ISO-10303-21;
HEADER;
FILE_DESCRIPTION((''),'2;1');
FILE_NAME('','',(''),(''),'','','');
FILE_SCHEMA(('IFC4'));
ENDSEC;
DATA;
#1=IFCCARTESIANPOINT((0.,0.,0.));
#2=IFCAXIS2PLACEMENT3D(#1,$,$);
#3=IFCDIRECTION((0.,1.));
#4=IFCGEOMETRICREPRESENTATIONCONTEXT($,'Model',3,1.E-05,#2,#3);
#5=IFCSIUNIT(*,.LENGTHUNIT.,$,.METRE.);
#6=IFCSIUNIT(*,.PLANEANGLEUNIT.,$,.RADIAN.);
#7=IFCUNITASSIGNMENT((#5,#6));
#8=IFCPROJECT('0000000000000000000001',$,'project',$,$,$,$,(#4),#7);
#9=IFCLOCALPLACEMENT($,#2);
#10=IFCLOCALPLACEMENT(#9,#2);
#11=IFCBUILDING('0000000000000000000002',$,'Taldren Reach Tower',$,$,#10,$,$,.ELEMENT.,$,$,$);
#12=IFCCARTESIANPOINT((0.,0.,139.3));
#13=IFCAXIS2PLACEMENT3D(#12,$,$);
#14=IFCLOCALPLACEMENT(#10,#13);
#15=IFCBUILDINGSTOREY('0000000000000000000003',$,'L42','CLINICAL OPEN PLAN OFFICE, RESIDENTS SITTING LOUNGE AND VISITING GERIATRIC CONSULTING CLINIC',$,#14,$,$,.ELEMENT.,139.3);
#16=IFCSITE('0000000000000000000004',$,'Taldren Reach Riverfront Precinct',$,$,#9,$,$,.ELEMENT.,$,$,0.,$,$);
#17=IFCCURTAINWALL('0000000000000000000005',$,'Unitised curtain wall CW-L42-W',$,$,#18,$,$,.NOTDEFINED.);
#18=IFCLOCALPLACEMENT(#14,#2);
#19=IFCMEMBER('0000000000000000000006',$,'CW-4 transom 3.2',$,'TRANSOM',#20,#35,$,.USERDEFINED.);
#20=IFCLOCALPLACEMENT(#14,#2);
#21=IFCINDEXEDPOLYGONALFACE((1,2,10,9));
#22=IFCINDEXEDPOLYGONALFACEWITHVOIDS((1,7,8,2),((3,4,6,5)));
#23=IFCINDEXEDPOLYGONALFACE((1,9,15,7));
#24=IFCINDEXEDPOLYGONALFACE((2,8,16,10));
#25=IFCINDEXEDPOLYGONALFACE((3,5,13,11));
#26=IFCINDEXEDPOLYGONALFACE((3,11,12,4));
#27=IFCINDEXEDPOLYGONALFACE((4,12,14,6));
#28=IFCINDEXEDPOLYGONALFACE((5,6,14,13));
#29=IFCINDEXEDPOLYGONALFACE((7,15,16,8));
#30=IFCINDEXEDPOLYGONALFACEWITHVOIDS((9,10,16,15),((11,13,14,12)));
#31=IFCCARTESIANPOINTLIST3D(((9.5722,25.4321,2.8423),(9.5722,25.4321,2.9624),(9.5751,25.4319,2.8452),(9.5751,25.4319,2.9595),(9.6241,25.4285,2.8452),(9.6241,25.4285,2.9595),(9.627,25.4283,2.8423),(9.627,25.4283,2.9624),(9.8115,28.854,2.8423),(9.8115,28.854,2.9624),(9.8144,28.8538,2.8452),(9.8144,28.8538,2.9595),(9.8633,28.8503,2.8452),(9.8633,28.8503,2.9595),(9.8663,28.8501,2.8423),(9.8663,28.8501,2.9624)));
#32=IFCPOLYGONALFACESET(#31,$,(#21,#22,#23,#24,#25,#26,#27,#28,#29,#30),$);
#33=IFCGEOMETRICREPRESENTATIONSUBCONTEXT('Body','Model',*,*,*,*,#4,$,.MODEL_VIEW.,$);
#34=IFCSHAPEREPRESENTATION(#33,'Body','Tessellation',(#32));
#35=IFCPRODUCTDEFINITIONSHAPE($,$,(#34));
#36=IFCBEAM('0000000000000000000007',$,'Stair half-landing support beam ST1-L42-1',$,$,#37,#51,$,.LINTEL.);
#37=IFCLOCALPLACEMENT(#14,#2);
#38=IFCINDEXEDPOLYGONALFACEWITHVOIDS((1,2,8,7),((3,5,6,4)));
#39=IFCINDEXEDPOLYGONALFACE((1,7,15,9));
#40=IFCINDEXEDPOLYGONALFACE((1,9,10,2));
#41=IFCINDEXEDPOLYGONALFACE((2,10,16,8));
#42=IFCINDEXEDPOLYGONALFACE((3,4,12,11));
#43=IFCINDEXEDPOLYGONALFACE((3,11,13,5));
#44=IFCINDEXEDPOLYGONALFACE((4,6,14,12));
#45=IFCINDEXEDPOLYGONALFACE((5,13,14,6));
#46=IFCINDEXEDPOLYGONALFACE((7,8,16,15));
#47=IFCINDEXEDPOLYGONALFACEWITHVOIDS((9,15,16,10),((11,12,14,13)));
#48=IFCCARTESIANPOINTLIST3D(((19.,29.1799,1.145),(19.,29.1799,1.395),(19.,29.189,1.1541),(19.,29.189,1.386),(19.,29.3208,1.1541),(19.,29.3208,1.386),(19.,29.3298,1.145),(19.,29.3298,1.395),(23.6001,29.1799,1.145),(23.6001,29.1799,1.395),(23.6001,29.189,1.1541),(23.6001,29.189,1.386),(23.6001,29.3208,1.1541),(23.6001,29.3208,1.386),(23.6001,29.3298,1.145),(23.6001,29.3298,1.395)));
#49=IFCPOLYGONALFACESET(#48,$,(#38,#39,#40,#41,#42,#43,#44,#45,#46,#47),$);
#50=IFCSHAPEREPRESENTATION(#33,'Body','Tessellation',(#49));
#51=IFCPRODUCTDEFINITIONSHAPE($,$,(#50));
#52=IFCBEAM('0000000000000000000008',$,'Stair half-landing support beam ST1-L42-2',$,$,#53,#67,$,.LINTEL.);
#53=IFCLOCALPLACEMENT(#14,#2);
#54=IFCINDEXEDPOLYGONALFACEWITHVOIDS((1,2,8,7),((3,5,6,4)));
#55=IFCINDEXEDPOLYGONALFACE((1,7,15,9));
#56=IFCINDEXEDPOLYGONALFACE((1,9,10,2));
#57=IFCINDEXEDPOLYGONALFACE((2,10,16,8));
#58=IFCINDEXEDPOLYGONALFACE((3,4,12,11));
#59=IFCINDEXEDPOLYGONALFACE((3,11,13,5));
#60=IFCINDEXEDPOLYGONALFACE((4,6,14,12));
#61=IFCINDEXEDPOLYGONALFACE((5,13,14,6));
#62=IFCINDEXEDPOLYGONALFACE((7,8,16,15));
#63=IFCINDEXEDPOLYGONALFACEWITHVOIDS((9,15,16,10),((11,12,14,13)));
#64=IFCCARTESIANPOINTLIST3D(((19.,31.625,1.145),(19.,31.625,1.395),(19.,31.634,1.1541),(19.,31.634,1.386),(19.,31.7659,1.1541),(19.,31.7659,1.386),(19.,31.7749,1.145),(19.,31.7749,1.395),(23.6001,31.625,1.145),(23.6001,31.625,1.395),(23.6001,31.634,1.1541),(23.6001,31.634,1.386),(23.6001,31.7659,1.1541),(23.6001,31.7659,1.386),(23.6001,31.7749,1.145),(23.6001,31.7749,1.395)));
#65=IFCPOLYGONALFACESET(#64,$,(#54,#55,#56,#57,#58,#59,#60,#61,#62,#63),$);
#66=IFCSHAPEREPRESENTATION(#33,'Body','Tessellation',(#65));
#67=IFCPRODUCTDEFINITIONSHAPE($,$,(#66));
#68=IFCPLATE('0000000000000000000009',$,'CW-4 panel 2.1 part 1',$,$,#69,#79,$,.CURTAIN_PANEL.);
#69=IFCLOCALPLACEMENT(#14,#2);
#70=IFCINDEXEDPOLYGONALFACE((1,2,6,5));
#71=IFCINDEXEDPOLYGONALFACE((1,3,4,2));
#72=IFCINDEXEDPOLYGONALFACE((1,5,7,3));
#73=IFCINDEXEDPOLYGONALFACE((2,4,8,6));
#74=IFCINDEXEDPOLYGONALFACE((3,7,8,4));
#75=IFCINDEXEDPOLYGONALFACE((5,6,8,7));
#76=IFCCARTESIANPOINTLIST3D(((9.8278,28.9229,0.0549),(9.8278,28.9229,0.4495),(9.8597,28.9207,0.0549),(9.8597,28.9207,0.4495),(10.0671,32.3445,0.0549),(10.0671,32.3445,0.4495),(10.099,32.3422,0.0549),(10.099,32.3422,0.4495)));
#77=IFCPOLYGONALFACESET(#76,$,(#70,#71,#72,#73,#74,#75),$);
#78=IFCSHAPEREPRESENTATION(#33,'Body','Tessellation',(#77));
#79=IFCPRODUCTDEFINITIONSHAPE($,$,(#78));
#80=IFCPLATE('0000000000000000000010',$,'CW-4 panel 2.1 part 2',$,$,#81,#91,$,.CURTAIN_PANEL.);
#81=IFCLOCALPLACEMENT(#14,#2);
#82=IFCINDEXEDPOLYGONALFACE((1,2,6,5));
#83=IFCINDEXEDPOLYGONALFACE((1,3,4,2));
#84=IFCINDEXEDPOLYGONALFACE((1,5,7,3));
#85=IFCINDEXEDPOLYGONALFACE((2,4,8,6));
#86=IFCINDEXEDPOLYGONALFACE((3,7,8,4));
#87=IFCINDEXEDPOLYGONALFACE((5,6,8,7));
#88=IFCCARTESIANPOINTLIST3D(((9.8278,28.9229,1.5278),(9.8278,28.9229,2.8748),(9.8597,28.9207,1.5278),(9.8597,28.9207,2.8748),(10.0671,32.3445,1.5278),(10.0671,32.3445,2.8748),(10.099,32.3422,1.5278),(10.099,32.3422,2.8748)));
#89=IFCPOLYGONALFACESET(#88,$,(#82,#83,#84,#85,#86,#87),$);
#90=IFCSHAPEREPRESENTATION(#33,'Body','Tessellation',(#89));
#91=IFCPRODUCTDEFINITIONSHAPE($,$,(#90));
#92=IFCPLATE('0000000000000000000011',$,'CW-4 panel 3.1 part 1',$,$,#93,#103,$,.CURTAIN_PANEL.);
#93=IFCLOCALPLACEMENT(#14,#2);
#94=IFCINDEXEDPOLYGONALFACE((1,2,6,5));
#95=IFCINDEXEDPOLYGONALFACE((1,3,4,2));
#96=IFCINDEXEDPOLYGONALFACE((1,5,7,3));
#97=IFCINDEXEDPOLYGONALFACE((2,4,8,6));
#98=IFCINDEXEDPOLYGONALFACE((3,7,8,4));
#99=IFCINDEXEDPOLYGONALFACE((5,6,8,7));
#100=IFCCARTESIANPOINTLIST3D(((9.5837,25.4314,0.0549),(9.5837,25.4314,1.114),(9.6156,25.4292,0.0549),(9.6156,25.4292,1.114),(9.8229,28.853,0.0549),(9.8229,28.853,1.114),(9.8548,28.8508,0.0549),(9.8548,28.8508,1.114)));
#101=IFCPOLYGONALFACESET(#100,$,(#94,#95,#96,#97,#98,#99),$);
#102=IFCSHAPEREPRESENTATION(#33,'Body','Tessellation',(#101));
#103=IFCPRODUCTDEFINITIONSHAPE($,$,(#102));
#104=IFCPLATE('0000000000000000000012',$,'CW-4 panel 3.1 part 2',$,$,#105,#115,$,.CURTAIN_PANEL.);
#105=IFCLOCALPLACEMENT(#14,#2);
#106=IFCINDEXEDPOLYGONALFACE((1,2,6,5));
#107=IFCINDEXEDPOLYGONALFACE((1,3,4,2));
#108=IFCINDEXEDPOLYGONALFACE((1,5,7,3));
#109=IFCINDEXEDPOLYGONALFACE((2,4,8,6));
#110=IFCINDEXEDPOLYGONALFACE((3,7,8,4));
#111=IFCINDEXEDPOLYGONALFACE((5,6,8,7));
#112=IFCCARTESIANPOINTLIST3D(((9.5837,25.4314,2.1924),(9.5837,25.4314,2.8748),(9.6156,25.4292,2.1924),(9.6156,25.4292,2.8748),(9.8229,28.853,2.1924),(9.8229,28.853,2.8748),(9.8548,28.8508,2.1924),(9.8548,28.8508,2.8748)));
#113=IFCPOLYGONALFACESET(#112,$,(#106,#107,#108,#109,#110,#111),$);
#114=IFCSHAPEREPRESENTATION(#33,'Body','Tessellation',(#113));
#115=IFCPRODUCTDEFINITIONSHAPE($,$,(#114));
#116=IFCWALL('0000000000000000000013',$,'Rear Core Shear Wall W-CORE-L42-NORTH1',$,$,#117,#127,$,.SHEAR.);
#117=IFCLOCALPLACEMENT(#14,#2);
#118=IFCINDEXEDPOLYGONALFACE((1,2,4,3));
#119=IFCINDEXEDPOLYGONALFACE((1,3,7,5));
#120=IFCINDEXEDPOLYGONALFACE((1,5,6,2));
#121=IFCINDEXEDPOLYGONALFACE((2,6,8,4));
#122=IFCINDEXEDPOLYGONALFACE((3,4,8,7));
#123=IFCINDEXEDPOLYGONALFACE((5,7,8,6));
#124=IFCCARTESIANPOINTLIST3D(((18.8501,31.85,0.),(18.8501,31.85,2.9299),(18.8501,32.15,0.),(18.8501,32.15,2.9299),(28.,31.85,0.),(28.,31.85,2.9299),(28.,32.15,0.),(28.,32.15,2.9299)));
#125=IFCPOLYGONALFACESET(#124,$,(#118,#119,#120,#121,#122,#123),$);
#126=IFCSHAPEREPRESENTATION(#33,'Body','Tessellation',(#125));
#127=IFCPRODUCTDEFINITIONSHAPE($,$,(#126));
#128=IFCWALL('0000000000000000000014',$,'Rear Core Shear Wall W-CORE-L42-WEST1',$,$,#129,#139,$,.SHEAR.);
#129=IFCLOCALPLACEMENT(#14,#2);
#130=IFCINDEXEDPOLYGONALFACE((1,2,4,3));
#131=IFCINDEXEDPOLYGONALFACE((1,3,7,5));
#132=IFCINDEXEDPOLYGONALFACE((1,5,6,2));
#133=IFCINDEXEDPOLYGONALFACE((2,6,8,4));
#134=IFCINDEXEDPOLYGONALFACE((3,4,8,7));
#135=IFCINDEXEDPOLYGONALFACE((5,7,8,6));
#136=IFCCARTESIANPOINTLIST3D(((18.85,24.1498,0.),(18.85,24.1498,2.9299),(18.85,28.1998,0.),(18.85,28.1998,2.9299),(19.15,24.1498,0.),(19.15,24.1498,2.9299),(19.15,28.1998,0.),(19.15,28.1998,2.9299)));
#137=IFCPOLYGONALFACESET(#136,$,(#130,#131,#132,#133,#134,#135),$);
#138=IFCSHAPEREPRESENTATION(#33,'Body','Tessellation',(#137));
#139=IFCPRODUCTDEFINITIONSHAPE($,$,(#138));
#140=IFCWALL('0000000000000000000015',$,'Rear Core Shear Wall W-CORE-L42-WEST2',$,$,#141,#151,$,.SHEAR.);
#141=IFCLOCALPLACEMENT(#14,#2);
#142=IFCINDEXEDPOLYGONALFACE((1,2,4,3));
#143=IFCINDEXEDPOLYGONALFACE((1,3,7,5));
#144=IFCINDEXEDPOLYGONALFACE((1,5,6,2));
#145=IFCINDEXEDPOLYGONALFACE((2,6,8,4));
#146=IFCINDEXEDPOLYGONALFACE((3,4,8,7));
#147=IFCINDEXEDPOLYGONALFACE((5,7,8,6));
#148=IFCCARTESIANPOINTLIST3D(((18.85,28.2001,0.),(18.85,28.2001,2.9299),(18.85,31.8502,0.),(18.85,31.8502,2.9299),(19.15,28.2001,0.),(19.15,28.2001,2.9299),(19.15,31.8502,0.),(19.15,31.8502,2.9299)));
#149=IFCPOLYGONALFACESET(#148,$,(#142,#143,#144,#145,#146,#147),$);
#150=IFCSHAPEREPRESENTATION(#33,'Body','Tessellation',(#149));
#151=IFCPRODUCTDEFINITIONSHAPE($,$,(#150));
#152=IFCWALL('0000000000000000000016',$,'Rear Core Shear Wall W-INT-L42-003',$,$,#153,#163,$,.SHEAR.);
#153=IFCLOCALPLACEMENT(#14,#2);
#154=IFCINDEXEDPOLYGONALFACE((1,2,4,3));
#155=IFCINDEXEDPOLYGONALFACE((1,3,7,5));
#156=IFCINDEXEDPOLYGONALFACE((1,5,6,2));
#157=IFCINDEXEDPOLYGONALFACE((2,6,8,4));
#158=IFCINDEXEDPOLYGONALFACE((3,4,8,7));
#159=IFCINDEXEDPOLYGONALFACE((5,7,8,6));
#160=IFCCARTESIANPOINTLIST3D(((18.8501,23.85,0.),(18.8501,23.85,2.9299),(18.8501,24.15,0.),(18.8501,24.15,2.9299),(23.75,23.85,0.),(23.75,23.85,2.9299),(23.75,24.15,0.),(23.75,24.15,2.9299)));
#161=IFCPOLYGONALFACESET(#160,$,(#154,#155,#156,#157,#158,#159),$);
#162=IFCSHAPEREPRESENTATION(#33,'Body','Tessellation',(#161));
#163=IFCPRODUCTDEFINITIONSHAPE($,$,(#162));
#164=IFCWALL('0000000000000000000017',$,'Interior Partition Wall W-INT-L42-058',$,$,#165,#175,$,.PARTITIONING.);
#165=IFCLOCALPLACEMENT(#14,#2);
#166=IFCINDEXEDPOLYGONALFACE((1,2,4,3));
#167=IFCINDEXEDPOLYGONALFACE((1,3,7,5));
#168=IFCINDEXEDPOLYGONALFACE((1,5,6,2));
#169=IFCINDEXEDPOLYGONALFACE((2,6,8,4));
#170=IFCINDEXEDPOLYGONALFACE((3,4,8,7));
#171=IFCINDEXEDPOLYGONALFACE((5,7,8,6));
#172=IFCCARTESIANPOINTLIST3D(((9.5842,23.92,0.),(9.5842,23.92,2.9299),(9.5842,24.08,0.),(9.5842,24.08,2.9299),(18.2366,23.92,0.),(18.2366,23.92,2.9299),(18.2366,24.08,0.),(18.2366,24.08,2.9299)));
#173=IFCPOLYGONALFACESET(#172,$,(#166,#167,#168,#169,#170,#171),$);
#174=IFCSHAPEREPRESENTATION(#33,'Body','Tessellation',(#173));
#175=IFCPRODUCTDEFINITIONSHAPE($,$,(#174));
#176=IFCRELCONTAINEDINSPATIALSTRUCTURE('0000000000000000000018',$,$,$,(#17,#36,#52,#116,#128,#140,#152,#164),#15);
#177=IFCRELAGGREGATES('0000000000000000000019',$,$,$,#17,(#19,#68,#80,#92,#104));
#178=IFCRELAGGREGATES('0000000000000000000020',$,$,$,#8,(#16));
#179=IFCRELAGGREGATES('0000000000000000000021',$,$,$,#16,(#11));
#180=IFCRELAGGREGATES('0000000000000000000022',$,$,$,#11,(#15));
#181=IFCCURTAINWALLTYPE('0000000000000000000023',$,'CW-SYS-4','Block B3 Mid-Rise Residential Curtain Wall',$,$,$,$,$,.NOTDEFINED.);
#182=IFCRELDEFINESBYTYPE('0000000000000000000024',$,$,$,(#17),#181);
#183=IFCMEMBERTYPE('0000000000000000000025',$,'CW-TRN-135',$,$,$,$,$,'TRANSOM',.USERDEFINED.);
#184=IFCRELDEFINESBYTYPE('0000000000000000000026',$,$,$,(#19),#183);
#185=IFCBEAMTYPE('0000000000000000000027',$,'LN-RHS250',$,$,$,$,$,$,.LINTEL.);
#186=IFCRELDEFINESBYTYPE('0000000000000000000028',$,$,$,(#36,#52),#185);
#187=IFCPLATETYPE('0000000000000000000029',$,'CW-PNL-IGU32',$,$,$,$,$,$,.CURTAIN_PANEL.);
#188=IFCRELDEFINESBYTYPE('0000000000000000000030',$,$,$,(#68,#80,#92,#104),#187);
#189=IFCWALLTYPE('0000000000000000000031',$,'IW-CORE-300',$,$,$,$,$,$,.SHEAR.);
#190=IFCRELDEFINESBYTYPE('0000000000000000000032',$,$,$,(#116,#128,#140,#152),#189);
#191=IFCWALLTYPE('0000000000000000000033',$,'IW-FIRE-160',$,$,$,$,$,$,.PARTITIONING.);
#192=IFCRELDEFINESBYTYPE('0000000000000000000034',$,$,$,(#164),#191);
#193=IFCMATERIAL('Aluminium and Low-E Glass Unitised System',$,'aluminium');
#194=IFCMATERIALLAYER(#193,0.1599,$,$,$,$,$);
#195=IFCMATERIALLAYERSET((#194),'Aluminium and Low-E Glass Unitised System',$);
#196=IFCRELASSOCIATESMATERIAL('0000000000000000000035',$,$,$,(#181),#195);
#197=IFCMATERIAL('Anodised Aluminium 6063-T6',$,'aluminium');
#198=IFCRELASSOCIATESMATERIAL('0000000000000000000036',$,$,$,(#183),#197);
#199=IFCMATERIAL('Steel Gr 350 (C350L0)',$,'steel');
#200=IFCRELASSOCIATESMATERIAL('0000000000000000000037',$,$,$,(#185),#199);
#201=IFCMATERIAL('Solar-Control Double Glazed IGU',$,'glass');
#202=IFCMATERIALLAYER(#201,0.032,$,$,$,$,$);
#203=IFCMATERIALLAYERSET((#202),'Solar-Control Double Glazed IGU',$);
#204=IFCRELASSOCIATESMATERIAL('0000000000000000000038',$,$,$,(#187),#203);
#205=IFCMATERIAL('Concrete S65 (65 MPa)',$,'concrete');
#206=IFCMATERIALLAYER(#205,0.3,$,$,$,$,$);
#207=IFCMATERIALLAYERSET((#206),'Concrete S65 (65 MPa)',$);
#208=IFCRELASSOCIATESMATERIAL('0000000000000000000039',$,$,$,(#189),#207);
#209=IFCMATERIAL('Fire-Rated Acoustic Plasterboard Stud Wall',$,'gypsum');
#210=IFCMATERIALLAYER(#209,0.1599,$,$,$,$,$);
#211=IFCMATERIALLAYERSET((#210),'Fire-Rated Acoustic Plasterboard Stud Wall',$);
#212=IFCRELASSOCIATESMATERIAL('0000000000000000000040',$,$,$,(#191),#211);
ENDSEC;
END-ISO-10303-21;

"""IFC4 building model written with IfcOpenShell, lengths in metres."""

from ifc_helpers import new_model, si_unit, direction, frame, frame_2d, origin, origin_2d, place, context, subcontext, project, spatial, rectangle, hollow_rectangle, extrude, source, transform, mapped, material, layer, layer_set, material_profile, profile_set, type_object, element, aggregate, save


model = new_model("IFC4")

# Units and contexts
model_context = context("Model", 3, precision=1e-05, world=origin(), true_north=direction((0.0, 1.0)))
body_context = subcontext(model_context, "Body", "Model", "MODEL_VIEW")
ifc_project = project(units=[si_unit("LENGTHUNIT", "METRE"), si_unit("PLANEANGLEUNIT", "RADIAN")], contexts=[model_context])

# Site, building, storey
site_placement = place(None, origin())
site = spatial("IfcSite", under=ifc_project, at=site_placement, Name="Taldren Reach Riverfront Precinct", CompositionType="ELEMENT", RefElevation=0.0)
building_placement = place(site_placement, origin())
building = spatial("IfcBuilding", under=site, at=building_placement, Name="Taldren Reach Tower", CompositionType="ELEMENT")
storey_placement = place(building_placement, frame((0.0, 0.0, 139.3)))
storey = spatial("IfcBuildingStorey", under=building, at=storey_placement, Name="L42", Description="CLINICAL OPEN PLAN OFFICE, RESIDENTS SITTING LOUNGE AND VISITING GERIATRIC CONSULTING CLINIC", CompositionType="ELEMENT", Elevation=139.3)

# Curtain wall, member
ifc_material_1 = material(Name="Aluminium and Low-E Glass Unitised System", Category="aluminium")
ifc_layer_1 = layer(ifc_material_1, 0.1599)
ifc_layer_set_1 = layer_set([ifc_layer_1], Name="Aluminium and Low-E Glass Unitised System")
curtain_wall_type = type_object("IfcCurtainWallType", Name="CW-SYS-4", Description="Block B3 Mid-Rise Residential Curtain Wall", PredefinedType="NOTDEFINED", material=ifc_layer_set_1)
curtain_wall_placement = place(storey_placement, origin())
curtain_wall = element("IfcCurtainWall", 1, at=curtain_wall_placement, inside=storey, type_object=curtain_wall_type, Name="Unitised curtain wall CW-L42-W", PredefinedType="NOTDEFINED")
ifc_material_2 = material(Name="Anodised Aluminium 6063-T6", Category="aluminium")
ifc_material_profile_1 = material_profile(ifc_material_2, hollow_rectangle(XDim=0.0549, YDim=0.1201, WallThickness=0.0029, at=origin_2d()), Name="ALU-120x55x3RHS")
ifc_profile_set_1 = profile_set([ifc_material_profile_1], Name="Anodised Aluminium 6063-T6")
member_type_1 = type_object("IfcMemberType", Name="CW-TRN-135", ElementType="TRANSOM", PredefinedType="USERDEFINED", material=ifc_profile_set_1)
shared_shape_1 = source(origin(), body_context, "Body", "SweptSolid", [
    extrude(hollow_rectangle(XDim=0.0549, YDim=0.1201, WallThickness=0.0029, at=origin_2d()), origin(), (0.0, 0.0, 1.0), 3.4302),
])
member_1_placement = place(storey_placement, frame((9.8389, 28.8521, 2.9023), z_axis=(-0.06975, -0.997565, 0.0), x_axis=(0.997565, -0.06975, 0.0)))
member_1 = element("IfcMember", 2, at=member_1_placement, type_object=member_type_1, Name="CW-4 transom 3.2", ObjectType="TRANSOM", PredefinedType="USERDEFINED", context=body_context, shape_type="MappedRepresentation", body=[
    mapped(shared_shape_1, transform((0.0, 0.0, 0.0), scale=1.0)),
])

# Beams
ifc_material_3 = material(Name="Steel Gr 350 (C350L0)", Category="steel")
ifc_material_profile_2 = material_profile(ifc_material_3, hollow_rectangle(XDim=0.1499, YDim=0.25, WallThickness=0.009, at=origin_2d()), Name="250x150x9.0RHS")
ifc_profile_set_2 = profile_set([ifc_material_profile_2], Name="Steel Gr 350 (C350L0)")
beam_type_1 = type_object("IfcBeamType", Name="LN-RHS250", PredefinedType="LINTEL", material=ifc_profile_set_2)
shared_shape_2 = source(origin(), body_context, "Body", "SweptSolid", [
    extrude(hollow_rectangle(XDim=0.1499, YDim=0.25, WallThickness=0.009, at=origin_2d()), origin(), (0.0, 0.0, 1.0), 4.6001),
])
for number, where, z_axis, x_axis, name in (
    (3, (19.0, 29.2549, 1.27), (1.0, 0.0, 0.0), (0.0, 1.0, 0.0), "Stair half-landing support beam ST1-L42-1"),
    (4, (19.0, 31.7, 1.27), (1.0, 0.0, 0.0), (0.0, 1.0, 0.0), "Stair half-landing support beam ST1-L42-2"),
):
    element("IfcBeam", number, at=place(storey_placement, frame(where, z_axis=z_axis, x_axis=x_axis)), inside=storey, type_object=beam_type_1, Name=name, PredefinedType="LINTEL", context=body_context, shape_type="MappedRepresentation", body=[
        mapped(shared_shape_2, transform((0.0, 0.0, 0.0), scale=1.0)),
    ])

# Plates
ifc_material_4 = material(Name="Solar-Control Double Glazed IGU", Category="glass")
ifc_layer_2 = layer(ifc_material_4, 0.032)
ifc_layer_set_2 = layer_set([ifc_layer_2], Name="Solar-Control Double Glazed IGU")
plate_type = type_object("IfcPlateType", Name="CW-PNL-IGU32", PredefinedType="CURTAIN_PANEL", material=ifc_layer_set_2)
shared_shape_3 = source(origin(), body_context, "Body", "SweptSolid", [
    extrude(rectangle(XDim=3.4299, YDim=0.032, at=origin_2d()), origin(), (0.0, 0.0, 1.0), 0.3945),
])
plate_1_placement = place(storey_placement, frame((9.9634, 30.6326, 0.0549), z_axis=(0.0, 0.0, 1.0), x_axis=(-0.069756, -0.997564, 0.0)))
plate_1 = element("IfcPlate", 5, at=plate_1_placement, type_object=plate_type, Name="CW-4 panel 2.1 part 1", PredefinedType="CURTAIN_PANEL", context=body_context, shape_type="MappedRepresentation", body=[
    mapped(shared_shape_3, transform((0.0, 0.0, 0.0), scale=1.0)),
])
shared_shape_4 = source(origin(), body_context, "Body", "SweptSolid", [
    extrude(rectangle(XDim=3.4299, YDim=0.032, at=origin_2d()), origin(), (0.0, 0.0, 1.0), 1.3469),
])
plate_2_placement = place(storey_placement, frame((9.9634, 30.6326, 1.5278), z_axis=(0.0, 0.0, 1.0), x_axis=(-0.069756, -0.997564, 0.0)))
plate_2 = element("IfcPlate", 6, at=plate_2_placement, type_object=plate_type, Name="CW-4 panel 2.1 part 2", PredefinedType="CURTAIN_PANEL", context=body_context, shape_type="MappedRepresentation", body=[
    mapped(shared_shape_4, transform((0.0, 0.0, 0.0), scale=1.0)),
])
shared_shape_5 = source(origin(), body_context, "Body", "SweptSolid", [
    extrude(rectangle(XDim=3.4299, YDim=0.032, at=origin_2d()), origin(), (0.0, 0.0, 1.0), 1.0591),
])
plate_3_placement = place(storey_placement, frame((9.7192, 27.1411, 0.0549), z_axis=(0.0, 0.0, 1.0), x_axis=(-0.069756, -0.997564, 0.0)))
plate_3 = element("IfcPlate", 7, at=plate_3_placement, type_object=plate_type, Name="CW-4 panel 3.1 part 1", PredefinedType="CURTAIN_PANEL", context=body_context, shape_type="MappedRepresentation", body=[
    mapped(shared_shape_5, transform((0.0, 0.0, 0.0), scale=1.0)),
])
shared_shape_6 = source(origin(), body_context, "Body", "SweptSolid", [
    extrude(rectangle(XDim=3.4299, YDim=0.032, at=origin_2d()), origin(), (0.0, 0.0, 1.0), 0.6824),
])
plate_4_placement = place(storey_placement, frame((9.7192, 27.1411, 2.1924), z_axis=(0.0, 0.0, 1.0), x_axis=(-0.069756, -0.997564, 0.0)))
plate_4 = element("IfcPlate", 8, at=plate_4_placement, type_object=plate_type, Name="CW-4 panel 3.1 part 2", PredefinedType="CURTAIN_PANEL", context=body_context, shape_type="MappedRepresentation", body=[
    mapped(shared_shape_6, transform((0.0, 0.0, 0.0), scale=1.0)),
])
aggregate(curtain_wall, [member_1, plate_1, plate_2, plate_3, plate_4])

# Walls
ifc_material_5 = material(Name="Concrete S65 (65 MPa)", Category="concrete")
ifc_layer_3 = layer(ifc_material_5, 0.3)
ifc_layer_set_3 = layer_set([ifc_layer_3], Name="Concrete S65 (65 MPa)")
wall_type_1 = type_object("IfcWallType", Name="IW-CORE-300", PredefinedType="SHEAR", material=ifc_layer_set_3)
shared_shape_7 = source(origin(), body_context, "Body", "SweptSolid", [
    extrude(rectangle(XDim=9.1499, YDim=0.3, at=frame_2d((4.575, 0.0))), origin(), (0.0, 0.0, 1.0), 2.9299),
])
wall_1_placement = place(storey_placement, frame((18.8501, 32.0, 0.0), z_axis=(0.0, 0.0, 1.0), x_axis=(1.0, 0.0, 0.0)))
element("IfcWall", 9, at=wall_1_placement, inside=storey, type_object=wall_type_1, Name="Rear Core Shear Wall W-CORE-L42-NORTH1", PredefinedType="SHEAR", context=body_context, shape_type="MappedRepresentation", body=[
    mapped(shared_shape_7, transform((0.0, 0.0, 0.0), scale=1.0)),
])
shared_shape_8 = source(origin(), body_context, "Body", "SweptSolid", [
    extrude(rectangle(XDim=4.05, YDim=0.3, at=frame_2d((2.0249, 0.0))), origin(), (0.0, 0.0, 1.0), 2.9299),
])
wall_2_placement = place(storey_placement, frame((19.0, 24.1499, 0.0), z_axis=(0.0, 0.0, 1.0), x_axis=(0.0, 1.0, 0.0)))
element("IfcWall", 10, at=wall_2_placement, inside=storey, type_object=wall_type_1, Name="Rear Core Shear Wall W-CORE-L42-WEST1", PredefinedType="SHEAR", context=body_context, shape_type="MappedRepresentation", body=[
    mapped(shared_shape_8, transform((0.0, 0.0, 0.0), scale=1.0)),
])
shared_shape_9 = source(origin(), body_context, "Body", "SweptSolid", [
    extrude(rectangle(XDim=3.6501, YDim=0.3, at=frame_2d((1.8252, 0.0))), origin(), (0.0, 0.0, 1.0), 2.9299),
])
wall_3_placement = place(storey_placement, frame((19.0, 28.2, 0.0), z_axis=(0.0, 0.0, 1.0), x_axis=(0.0, 1.0, 0.0)))
element("IfcWall", 11, at=wall_3_placement, inside=storey, type_object=wall_type_1, Name="Rear Core Shear Wall W-CORE-L42-WEST2", PredefinedType="SHEAR", context=body_context, shape_type="MappedRepresentation", body=[
    mapped(shared_shape_9, transform((0.0, 0.0, 0.0), scale=1.0)),
])
shared_shape_10 = source(origin(), body_context, "Body", "SweptSolid", [
    extrude(rectangle(XDim=4.8999, YDim=0.3, at=frame_2d((2.45, 0.0))), origin(), (0.0, 0.0, 1.0), 2.9299),
])
wall_4_placement = place(storey_placement, frame((18.8501, 24.0, 0.0), z_axis=(0.0, 0.0, 1.0), x_axis=(1.0, 0.0, 0.0)))
element("IfcWall", 12, at=wall_4_placement, inside=storey, type_object=wall_type_1, Name="Rear Core Shear Wall W-INT-L42-003", PredefinedType="SHEAR", context=body_context, shape_type="MappedRepresentation", body=[
    mapped(shared_shape_10, transform((0.0, 0.0, 0.0), scale=1.0)),
])
ifc_material_6 = material(Name="Fire-Rated Acoustic Plasterboard Stud Wall", Category="gypsum")
ifc_layer_4 = layer(ifc_material_6, 0.1599)
ifc_layer_set_4 = layer_set([ifc_layer_4], Name="Fire-Rated Acoustic Plasterboard Stud Wall")
wall_type_2 = type_object("IfcWallType", Name="IW-FIRE-160", PredefinedType="PARTITIONING", material=ifc_layer_set_4)
shared_shape_11 = source(origin(), body_context, "Body", "SweptSolid", [
    extrude(rectangle(XDim=8.6523, YDim=0.1599, at=frame_2d((4.3262, 0.0))), origin(), (0.0, 0.0, 1.0), 2.9299),
])
wall_5_placement = place(storey_placement, frame((9.5842, 24.0, 0.0), z_axis=(0.0, 0.0, 1.0), x_axis=(1.0, 0.0, 0.0)))
element("IfcWall", 13, at=wall_5_placement, inside=storey, type_object=wall_type_2, Name="Interior Partition Wall W-INT-L42-058", PredefinedType="PARTITIONING", context=body_context, shape_type="MappedRepresentation", body=[
    mapped(shared_shape_11, transform((0.0, 0.0, 0.0), scale=1.0)),
])

save(model, "model.ifc")
